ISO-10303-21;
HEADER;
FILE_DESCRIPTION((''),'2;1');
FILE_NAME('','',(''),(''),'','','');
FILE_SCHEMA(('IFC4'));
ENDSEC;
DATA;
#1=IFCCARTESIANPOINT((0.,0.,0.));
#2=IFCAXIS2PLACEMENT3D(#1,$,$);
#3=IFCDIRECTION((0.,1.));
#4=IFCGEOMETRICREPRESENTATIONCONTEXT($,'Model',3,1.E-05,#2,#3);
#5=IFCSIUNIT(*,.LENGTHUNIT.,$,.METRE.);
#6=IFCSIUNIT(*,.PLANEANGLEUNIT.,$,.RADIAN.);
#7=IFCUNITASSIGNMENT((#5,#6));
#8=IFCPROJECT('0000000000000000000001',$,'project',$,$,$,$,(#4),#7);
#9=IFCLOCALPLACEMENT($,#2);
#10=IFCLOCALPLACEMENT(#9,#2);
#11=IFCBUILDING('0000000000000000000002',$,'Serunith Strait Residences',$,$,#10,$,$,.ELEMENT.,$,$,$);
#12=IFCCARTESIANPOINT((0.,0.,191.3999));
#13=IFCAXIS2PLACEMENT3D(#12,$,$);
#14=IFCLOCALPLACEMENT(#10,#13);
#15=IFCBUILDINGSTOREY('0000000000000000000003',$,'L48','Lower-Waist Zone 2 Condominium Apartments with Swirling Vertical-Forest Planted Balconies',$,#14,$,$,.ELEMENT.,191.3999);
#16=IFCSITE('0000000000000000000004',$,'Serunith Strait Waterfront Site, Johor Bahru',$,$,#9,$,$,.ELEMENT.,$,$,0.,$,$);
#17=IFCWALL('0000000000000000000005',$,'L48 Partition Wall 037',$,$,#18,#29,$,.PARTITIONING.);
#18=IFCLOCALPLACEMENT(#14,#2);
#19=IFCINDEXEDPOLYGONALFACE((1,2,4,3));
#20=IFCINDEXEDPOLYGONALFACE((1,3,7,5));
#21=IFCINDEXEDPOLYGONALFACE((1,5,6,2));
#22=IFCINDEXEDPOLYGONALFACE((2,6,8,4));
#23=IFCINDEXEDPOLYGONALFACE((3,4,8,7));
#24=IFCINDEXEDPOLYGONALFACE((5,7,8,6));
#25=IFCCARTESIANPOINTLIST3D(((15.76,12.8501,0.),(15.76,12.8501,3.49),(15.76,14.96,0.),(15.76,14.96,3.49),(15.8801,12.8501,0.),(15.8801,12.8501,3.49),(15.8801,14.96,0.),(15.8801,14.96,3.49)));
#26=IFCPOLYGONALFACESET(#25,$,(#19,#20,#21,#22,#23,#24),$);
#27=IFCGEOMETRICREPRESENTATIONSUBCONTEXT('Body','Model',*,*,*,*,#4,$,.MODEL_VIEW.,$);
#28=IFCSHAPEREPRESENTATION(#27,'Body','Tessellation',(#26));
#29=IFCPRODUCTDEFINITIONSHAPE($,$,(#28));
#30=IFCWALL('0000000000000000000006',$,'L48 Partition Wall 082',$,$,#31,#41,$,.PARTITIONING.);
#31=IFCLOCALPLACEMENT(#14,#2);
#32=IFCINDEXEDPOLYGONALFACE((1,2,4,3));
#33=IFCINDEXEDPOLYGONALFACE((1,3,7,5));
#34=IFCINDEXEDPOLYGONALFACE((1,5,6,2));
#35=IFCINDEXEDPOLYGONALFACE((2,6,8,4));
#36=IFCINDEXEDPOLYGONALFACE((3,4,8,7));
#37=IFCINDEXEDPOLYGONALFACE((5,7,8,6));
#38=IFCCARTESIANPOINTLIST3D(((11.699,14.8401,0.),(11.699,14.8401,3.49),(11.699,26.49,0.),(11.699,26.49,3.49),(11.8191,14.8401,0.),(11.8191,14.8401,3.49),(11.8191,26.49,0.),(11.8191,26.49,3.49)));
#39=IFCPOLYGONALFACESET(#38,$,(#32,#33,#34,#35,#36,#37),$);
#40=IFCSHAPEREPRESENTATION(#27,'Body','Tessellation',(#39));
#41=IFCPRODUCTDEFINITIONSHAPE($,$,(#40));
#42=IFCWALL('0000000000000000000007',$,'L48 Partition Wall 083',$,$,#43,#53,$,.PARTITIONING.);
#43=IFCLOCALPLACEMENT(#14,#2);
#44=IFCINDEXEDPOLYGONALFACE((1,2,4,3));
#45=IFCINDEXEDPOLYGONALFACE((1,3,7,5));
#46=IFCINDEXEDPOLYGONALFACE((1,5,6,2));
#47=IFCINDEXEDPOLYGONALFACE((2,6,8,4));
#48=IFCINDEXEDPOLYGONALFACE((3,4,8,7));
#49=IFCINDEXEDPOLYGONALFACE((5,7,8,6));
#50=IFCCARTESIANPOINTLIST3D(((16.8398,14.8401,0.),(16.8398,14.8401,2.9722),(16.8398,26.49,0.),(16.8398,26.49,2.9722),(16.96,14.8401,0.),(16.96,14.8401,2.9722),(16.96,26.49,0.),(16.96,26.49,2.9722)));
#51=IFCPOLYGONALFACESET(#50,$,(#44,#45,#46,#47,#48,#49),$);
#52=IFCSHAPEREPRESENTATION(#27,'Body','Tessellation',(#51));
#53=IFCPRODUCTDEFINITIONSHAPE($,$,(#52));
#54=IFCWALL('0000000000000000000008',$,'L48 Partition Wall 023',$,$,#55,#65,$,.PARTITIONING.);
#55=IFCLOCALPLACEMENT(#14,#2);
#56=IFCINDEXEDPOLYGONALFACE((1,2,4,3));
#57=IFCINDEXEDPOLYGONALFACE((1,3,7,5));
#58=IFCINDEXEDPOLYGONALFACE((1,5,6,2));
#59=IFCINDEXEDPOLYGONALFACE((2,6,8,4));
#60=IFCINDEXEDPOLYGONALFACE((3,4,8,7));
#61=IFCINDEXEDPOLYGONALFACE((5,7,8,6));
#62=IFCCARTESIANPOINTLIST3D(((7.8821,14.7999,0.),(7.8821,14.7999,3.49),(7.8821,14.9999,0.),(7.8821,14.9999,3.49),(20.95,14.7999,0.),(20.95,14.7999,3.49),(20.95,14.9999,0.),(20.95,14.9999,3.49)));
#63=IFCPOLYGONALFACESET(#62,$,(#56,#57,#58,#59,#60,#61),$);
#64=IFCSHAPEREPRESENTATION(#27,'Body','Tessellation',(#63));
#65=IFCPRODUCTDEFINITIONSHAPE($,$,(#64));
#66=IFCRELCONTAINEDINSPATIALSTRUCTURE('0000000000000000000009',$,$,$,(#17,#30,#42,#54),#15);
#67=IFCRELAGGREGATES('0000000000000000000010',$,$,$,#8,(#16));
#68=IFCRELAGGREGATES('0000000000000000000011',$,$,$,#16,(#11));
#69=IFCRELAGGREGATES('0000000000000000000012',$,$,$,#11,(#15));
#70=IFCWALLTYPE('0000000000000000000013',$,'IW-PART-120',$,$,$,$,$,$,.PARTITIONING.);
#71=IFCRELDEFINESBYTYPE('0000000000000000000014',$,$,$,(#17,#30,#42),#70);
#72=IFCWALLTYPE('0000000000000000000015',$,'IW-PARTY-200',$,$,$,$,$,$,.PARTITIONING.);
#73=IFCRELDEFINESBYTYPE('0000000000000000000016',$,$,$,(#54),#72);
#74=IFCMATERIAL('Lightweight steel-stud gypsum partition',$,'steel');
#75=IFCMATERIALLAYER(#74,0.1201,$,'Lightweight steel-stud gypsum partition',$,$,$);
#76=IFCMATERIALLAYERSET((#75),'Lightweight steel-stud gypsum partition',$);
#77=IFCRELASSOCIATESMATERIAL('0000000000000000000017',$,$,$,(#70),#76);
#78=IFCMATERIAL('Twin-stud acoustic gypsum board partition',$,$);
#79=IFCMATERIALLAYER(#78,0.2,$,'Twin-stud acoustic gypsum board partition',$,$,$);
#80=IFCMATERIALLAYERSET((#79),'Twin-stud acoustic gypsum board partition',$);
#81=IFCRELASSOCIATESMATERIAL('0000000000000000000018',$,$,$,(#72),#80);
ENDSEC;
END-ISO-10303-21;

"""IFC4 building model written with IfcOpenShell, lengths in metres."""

from ifc_helpers import new_model, si_unit, direction, frame, frame_2d, origin, place, context, subcontext, project, spatial, rectangle, extrude, material, layer, layer_set, type_object, element, save


model = new_model("IFC4")

# Units and contexts
model_context = context("Model", 3, precision=1e-05, world=origin(), true_north=direction((0.0, 1.0)))
body_context = subcontext(model_context, "Body", "Model", "MODEL_VIEW")
ifc_project = project(units=[si_unit("LENGTHUNIT", "METRE"), si_unit("PLANEANGLEUNIT", "RADIAN")], contexts=[model_context])

# Site, building, storey
site_placement = place(None, origin())
site = spatial("IfcSite", under=ifc_project, at=site_placement, Name="Serunith Strait Waterfront Site, Johor Bahru", CompositionType="ELEMENT", RefElevation=0.0)
building_placement = place(site_placement, origin())
building = spatial("IfcBuilding", under=site, at=building_placement, Name="Serunith Strait Residences", CompositionType="ELEMENT")
storey_placement = place(building_placement, frame((0.0, 0.0, 191.3999)))
storey = spatial("IfcBuildingStorey", under=building, at=storey_placement, Name="L48", Description="Lower-Waist Zone 2 Condominium Apartments with Swirling Vertical-Forest Planted Balconies", CompositionType="ELEMENT", Elevation=191.3999)

# Walls
ifc_material_1 = material(Name="Lightweight steel-stud gypsum partition", Category="steel")
ifc_layer_1 = layer(ifc_material_1, 0.1201, Name="Lightweight steel-stud gypsum partition")
ifc_layer_set_1 = layer_set([ifc_layer_1], Name="Lightweight steel-stud gypsum partition")
wall_type_1 = type_object("IfcWallType", Name="IW-PART-120", PredefinedType="PARTITIONING", material=ifc_layer_set_1)
wall_1_placement = place(storey_placement, frame((15.8201, 12.8501, 0.0), z_axis=(0.0, 0.0, 1.0), x_axis=(0.0, 1.0, 0.0)))
element("IfcWall", 1, at=wall_1_placement, inside=storey, type_object=wall_type_1, Name="L48 Partition Wall 037", PredefinedType="PARTITIONING", context=body_context, shape_type="SweptSolid", body=[
    extrude(rectangle(XDim=2.1099, YDim=0.1201, at=frame_2d((1.0549, 0.0))), origin(), (0.0, 0.0, 1.0), 3.49),
])
wall_2_placement = place(storey_placement, frame((11.759, 14.8401, 0.0), z_axis=(0.0, 0.0, 1.0), x_axis=(0.0, 1.0, 0.0)))
element("IfcWall", 2, at=wall_2_placement, inside=storey, type_object=wall_type_1, Name="L48 Partition Wall 082", PredefinedType="PARTITIONING", context=body_context, shape_type="SweptSolid", body=[
    extrude(rectangle(XDim=11.6499, YDim=0.1201, at=frame_2d((5.825, 0.0))), origin(), (0.0, 0.0, 1.0), 3.49),
])
wall_3_placement = place(storey_placement, frame((16.8999, 14.8401, 0.0), z_axis=(0.0, 0.0, 1.0), x_axis=(0.0, 1.0, 0.0)))
element("IfcWall", 3, at=wall_3_placement, inside=storey, type_object=wall_type_1, Name="L48 Partition Wall 083", PredefinedType="PARTITIONING", context=body_context, shape_type="SweptSolid", body=[
    extrude(rectangle(XDim=11.6499, YDim=0.1201, at=frame_2d((5.825, 0.0))), origin(), (0.0, 0.0, 1.0), 2.9722),
])
ifc_material_2 = material(Name="Twin-stud acoustic gypsum board partition")
ifc_layer_2 = layer(ifc_material_2, 0.2, Name="Twin-stud acoustic gypsum board partition")
ifc_layer_set_2 = layer_set([ifc_layer_2], Name="Twin-stud acoustic gypsum board partition")
wall_type_2 = type_object("IfcWallType", Name="IW-PARTY-200", PredefinedType="PARTITIONING", material=ifc_layer_set_2)
wall_4_placement = place(storey_placement, frame((7.8821, 14.8999, 0.0), z_axis=(0.0, 0.0, 1.0), x_axis=(1.0, 0.0, 0.0)))
element("IfcWall", 4, at=wall_4_placement, inside=storey, type_object=wall_type_2, Name="L48 Partition Wall 023", PredefinedType="PARTITIONING", context=body_context, shape_type="SweptSolid", body=[
    extrude(rectangle(XDim=13.0679, YDim=0.2, at=frame_2d((6.5339, 0.0))), origin(), (0.0, 0.0, 1.0), 3.49),
])

save(model, "model.ifc")
